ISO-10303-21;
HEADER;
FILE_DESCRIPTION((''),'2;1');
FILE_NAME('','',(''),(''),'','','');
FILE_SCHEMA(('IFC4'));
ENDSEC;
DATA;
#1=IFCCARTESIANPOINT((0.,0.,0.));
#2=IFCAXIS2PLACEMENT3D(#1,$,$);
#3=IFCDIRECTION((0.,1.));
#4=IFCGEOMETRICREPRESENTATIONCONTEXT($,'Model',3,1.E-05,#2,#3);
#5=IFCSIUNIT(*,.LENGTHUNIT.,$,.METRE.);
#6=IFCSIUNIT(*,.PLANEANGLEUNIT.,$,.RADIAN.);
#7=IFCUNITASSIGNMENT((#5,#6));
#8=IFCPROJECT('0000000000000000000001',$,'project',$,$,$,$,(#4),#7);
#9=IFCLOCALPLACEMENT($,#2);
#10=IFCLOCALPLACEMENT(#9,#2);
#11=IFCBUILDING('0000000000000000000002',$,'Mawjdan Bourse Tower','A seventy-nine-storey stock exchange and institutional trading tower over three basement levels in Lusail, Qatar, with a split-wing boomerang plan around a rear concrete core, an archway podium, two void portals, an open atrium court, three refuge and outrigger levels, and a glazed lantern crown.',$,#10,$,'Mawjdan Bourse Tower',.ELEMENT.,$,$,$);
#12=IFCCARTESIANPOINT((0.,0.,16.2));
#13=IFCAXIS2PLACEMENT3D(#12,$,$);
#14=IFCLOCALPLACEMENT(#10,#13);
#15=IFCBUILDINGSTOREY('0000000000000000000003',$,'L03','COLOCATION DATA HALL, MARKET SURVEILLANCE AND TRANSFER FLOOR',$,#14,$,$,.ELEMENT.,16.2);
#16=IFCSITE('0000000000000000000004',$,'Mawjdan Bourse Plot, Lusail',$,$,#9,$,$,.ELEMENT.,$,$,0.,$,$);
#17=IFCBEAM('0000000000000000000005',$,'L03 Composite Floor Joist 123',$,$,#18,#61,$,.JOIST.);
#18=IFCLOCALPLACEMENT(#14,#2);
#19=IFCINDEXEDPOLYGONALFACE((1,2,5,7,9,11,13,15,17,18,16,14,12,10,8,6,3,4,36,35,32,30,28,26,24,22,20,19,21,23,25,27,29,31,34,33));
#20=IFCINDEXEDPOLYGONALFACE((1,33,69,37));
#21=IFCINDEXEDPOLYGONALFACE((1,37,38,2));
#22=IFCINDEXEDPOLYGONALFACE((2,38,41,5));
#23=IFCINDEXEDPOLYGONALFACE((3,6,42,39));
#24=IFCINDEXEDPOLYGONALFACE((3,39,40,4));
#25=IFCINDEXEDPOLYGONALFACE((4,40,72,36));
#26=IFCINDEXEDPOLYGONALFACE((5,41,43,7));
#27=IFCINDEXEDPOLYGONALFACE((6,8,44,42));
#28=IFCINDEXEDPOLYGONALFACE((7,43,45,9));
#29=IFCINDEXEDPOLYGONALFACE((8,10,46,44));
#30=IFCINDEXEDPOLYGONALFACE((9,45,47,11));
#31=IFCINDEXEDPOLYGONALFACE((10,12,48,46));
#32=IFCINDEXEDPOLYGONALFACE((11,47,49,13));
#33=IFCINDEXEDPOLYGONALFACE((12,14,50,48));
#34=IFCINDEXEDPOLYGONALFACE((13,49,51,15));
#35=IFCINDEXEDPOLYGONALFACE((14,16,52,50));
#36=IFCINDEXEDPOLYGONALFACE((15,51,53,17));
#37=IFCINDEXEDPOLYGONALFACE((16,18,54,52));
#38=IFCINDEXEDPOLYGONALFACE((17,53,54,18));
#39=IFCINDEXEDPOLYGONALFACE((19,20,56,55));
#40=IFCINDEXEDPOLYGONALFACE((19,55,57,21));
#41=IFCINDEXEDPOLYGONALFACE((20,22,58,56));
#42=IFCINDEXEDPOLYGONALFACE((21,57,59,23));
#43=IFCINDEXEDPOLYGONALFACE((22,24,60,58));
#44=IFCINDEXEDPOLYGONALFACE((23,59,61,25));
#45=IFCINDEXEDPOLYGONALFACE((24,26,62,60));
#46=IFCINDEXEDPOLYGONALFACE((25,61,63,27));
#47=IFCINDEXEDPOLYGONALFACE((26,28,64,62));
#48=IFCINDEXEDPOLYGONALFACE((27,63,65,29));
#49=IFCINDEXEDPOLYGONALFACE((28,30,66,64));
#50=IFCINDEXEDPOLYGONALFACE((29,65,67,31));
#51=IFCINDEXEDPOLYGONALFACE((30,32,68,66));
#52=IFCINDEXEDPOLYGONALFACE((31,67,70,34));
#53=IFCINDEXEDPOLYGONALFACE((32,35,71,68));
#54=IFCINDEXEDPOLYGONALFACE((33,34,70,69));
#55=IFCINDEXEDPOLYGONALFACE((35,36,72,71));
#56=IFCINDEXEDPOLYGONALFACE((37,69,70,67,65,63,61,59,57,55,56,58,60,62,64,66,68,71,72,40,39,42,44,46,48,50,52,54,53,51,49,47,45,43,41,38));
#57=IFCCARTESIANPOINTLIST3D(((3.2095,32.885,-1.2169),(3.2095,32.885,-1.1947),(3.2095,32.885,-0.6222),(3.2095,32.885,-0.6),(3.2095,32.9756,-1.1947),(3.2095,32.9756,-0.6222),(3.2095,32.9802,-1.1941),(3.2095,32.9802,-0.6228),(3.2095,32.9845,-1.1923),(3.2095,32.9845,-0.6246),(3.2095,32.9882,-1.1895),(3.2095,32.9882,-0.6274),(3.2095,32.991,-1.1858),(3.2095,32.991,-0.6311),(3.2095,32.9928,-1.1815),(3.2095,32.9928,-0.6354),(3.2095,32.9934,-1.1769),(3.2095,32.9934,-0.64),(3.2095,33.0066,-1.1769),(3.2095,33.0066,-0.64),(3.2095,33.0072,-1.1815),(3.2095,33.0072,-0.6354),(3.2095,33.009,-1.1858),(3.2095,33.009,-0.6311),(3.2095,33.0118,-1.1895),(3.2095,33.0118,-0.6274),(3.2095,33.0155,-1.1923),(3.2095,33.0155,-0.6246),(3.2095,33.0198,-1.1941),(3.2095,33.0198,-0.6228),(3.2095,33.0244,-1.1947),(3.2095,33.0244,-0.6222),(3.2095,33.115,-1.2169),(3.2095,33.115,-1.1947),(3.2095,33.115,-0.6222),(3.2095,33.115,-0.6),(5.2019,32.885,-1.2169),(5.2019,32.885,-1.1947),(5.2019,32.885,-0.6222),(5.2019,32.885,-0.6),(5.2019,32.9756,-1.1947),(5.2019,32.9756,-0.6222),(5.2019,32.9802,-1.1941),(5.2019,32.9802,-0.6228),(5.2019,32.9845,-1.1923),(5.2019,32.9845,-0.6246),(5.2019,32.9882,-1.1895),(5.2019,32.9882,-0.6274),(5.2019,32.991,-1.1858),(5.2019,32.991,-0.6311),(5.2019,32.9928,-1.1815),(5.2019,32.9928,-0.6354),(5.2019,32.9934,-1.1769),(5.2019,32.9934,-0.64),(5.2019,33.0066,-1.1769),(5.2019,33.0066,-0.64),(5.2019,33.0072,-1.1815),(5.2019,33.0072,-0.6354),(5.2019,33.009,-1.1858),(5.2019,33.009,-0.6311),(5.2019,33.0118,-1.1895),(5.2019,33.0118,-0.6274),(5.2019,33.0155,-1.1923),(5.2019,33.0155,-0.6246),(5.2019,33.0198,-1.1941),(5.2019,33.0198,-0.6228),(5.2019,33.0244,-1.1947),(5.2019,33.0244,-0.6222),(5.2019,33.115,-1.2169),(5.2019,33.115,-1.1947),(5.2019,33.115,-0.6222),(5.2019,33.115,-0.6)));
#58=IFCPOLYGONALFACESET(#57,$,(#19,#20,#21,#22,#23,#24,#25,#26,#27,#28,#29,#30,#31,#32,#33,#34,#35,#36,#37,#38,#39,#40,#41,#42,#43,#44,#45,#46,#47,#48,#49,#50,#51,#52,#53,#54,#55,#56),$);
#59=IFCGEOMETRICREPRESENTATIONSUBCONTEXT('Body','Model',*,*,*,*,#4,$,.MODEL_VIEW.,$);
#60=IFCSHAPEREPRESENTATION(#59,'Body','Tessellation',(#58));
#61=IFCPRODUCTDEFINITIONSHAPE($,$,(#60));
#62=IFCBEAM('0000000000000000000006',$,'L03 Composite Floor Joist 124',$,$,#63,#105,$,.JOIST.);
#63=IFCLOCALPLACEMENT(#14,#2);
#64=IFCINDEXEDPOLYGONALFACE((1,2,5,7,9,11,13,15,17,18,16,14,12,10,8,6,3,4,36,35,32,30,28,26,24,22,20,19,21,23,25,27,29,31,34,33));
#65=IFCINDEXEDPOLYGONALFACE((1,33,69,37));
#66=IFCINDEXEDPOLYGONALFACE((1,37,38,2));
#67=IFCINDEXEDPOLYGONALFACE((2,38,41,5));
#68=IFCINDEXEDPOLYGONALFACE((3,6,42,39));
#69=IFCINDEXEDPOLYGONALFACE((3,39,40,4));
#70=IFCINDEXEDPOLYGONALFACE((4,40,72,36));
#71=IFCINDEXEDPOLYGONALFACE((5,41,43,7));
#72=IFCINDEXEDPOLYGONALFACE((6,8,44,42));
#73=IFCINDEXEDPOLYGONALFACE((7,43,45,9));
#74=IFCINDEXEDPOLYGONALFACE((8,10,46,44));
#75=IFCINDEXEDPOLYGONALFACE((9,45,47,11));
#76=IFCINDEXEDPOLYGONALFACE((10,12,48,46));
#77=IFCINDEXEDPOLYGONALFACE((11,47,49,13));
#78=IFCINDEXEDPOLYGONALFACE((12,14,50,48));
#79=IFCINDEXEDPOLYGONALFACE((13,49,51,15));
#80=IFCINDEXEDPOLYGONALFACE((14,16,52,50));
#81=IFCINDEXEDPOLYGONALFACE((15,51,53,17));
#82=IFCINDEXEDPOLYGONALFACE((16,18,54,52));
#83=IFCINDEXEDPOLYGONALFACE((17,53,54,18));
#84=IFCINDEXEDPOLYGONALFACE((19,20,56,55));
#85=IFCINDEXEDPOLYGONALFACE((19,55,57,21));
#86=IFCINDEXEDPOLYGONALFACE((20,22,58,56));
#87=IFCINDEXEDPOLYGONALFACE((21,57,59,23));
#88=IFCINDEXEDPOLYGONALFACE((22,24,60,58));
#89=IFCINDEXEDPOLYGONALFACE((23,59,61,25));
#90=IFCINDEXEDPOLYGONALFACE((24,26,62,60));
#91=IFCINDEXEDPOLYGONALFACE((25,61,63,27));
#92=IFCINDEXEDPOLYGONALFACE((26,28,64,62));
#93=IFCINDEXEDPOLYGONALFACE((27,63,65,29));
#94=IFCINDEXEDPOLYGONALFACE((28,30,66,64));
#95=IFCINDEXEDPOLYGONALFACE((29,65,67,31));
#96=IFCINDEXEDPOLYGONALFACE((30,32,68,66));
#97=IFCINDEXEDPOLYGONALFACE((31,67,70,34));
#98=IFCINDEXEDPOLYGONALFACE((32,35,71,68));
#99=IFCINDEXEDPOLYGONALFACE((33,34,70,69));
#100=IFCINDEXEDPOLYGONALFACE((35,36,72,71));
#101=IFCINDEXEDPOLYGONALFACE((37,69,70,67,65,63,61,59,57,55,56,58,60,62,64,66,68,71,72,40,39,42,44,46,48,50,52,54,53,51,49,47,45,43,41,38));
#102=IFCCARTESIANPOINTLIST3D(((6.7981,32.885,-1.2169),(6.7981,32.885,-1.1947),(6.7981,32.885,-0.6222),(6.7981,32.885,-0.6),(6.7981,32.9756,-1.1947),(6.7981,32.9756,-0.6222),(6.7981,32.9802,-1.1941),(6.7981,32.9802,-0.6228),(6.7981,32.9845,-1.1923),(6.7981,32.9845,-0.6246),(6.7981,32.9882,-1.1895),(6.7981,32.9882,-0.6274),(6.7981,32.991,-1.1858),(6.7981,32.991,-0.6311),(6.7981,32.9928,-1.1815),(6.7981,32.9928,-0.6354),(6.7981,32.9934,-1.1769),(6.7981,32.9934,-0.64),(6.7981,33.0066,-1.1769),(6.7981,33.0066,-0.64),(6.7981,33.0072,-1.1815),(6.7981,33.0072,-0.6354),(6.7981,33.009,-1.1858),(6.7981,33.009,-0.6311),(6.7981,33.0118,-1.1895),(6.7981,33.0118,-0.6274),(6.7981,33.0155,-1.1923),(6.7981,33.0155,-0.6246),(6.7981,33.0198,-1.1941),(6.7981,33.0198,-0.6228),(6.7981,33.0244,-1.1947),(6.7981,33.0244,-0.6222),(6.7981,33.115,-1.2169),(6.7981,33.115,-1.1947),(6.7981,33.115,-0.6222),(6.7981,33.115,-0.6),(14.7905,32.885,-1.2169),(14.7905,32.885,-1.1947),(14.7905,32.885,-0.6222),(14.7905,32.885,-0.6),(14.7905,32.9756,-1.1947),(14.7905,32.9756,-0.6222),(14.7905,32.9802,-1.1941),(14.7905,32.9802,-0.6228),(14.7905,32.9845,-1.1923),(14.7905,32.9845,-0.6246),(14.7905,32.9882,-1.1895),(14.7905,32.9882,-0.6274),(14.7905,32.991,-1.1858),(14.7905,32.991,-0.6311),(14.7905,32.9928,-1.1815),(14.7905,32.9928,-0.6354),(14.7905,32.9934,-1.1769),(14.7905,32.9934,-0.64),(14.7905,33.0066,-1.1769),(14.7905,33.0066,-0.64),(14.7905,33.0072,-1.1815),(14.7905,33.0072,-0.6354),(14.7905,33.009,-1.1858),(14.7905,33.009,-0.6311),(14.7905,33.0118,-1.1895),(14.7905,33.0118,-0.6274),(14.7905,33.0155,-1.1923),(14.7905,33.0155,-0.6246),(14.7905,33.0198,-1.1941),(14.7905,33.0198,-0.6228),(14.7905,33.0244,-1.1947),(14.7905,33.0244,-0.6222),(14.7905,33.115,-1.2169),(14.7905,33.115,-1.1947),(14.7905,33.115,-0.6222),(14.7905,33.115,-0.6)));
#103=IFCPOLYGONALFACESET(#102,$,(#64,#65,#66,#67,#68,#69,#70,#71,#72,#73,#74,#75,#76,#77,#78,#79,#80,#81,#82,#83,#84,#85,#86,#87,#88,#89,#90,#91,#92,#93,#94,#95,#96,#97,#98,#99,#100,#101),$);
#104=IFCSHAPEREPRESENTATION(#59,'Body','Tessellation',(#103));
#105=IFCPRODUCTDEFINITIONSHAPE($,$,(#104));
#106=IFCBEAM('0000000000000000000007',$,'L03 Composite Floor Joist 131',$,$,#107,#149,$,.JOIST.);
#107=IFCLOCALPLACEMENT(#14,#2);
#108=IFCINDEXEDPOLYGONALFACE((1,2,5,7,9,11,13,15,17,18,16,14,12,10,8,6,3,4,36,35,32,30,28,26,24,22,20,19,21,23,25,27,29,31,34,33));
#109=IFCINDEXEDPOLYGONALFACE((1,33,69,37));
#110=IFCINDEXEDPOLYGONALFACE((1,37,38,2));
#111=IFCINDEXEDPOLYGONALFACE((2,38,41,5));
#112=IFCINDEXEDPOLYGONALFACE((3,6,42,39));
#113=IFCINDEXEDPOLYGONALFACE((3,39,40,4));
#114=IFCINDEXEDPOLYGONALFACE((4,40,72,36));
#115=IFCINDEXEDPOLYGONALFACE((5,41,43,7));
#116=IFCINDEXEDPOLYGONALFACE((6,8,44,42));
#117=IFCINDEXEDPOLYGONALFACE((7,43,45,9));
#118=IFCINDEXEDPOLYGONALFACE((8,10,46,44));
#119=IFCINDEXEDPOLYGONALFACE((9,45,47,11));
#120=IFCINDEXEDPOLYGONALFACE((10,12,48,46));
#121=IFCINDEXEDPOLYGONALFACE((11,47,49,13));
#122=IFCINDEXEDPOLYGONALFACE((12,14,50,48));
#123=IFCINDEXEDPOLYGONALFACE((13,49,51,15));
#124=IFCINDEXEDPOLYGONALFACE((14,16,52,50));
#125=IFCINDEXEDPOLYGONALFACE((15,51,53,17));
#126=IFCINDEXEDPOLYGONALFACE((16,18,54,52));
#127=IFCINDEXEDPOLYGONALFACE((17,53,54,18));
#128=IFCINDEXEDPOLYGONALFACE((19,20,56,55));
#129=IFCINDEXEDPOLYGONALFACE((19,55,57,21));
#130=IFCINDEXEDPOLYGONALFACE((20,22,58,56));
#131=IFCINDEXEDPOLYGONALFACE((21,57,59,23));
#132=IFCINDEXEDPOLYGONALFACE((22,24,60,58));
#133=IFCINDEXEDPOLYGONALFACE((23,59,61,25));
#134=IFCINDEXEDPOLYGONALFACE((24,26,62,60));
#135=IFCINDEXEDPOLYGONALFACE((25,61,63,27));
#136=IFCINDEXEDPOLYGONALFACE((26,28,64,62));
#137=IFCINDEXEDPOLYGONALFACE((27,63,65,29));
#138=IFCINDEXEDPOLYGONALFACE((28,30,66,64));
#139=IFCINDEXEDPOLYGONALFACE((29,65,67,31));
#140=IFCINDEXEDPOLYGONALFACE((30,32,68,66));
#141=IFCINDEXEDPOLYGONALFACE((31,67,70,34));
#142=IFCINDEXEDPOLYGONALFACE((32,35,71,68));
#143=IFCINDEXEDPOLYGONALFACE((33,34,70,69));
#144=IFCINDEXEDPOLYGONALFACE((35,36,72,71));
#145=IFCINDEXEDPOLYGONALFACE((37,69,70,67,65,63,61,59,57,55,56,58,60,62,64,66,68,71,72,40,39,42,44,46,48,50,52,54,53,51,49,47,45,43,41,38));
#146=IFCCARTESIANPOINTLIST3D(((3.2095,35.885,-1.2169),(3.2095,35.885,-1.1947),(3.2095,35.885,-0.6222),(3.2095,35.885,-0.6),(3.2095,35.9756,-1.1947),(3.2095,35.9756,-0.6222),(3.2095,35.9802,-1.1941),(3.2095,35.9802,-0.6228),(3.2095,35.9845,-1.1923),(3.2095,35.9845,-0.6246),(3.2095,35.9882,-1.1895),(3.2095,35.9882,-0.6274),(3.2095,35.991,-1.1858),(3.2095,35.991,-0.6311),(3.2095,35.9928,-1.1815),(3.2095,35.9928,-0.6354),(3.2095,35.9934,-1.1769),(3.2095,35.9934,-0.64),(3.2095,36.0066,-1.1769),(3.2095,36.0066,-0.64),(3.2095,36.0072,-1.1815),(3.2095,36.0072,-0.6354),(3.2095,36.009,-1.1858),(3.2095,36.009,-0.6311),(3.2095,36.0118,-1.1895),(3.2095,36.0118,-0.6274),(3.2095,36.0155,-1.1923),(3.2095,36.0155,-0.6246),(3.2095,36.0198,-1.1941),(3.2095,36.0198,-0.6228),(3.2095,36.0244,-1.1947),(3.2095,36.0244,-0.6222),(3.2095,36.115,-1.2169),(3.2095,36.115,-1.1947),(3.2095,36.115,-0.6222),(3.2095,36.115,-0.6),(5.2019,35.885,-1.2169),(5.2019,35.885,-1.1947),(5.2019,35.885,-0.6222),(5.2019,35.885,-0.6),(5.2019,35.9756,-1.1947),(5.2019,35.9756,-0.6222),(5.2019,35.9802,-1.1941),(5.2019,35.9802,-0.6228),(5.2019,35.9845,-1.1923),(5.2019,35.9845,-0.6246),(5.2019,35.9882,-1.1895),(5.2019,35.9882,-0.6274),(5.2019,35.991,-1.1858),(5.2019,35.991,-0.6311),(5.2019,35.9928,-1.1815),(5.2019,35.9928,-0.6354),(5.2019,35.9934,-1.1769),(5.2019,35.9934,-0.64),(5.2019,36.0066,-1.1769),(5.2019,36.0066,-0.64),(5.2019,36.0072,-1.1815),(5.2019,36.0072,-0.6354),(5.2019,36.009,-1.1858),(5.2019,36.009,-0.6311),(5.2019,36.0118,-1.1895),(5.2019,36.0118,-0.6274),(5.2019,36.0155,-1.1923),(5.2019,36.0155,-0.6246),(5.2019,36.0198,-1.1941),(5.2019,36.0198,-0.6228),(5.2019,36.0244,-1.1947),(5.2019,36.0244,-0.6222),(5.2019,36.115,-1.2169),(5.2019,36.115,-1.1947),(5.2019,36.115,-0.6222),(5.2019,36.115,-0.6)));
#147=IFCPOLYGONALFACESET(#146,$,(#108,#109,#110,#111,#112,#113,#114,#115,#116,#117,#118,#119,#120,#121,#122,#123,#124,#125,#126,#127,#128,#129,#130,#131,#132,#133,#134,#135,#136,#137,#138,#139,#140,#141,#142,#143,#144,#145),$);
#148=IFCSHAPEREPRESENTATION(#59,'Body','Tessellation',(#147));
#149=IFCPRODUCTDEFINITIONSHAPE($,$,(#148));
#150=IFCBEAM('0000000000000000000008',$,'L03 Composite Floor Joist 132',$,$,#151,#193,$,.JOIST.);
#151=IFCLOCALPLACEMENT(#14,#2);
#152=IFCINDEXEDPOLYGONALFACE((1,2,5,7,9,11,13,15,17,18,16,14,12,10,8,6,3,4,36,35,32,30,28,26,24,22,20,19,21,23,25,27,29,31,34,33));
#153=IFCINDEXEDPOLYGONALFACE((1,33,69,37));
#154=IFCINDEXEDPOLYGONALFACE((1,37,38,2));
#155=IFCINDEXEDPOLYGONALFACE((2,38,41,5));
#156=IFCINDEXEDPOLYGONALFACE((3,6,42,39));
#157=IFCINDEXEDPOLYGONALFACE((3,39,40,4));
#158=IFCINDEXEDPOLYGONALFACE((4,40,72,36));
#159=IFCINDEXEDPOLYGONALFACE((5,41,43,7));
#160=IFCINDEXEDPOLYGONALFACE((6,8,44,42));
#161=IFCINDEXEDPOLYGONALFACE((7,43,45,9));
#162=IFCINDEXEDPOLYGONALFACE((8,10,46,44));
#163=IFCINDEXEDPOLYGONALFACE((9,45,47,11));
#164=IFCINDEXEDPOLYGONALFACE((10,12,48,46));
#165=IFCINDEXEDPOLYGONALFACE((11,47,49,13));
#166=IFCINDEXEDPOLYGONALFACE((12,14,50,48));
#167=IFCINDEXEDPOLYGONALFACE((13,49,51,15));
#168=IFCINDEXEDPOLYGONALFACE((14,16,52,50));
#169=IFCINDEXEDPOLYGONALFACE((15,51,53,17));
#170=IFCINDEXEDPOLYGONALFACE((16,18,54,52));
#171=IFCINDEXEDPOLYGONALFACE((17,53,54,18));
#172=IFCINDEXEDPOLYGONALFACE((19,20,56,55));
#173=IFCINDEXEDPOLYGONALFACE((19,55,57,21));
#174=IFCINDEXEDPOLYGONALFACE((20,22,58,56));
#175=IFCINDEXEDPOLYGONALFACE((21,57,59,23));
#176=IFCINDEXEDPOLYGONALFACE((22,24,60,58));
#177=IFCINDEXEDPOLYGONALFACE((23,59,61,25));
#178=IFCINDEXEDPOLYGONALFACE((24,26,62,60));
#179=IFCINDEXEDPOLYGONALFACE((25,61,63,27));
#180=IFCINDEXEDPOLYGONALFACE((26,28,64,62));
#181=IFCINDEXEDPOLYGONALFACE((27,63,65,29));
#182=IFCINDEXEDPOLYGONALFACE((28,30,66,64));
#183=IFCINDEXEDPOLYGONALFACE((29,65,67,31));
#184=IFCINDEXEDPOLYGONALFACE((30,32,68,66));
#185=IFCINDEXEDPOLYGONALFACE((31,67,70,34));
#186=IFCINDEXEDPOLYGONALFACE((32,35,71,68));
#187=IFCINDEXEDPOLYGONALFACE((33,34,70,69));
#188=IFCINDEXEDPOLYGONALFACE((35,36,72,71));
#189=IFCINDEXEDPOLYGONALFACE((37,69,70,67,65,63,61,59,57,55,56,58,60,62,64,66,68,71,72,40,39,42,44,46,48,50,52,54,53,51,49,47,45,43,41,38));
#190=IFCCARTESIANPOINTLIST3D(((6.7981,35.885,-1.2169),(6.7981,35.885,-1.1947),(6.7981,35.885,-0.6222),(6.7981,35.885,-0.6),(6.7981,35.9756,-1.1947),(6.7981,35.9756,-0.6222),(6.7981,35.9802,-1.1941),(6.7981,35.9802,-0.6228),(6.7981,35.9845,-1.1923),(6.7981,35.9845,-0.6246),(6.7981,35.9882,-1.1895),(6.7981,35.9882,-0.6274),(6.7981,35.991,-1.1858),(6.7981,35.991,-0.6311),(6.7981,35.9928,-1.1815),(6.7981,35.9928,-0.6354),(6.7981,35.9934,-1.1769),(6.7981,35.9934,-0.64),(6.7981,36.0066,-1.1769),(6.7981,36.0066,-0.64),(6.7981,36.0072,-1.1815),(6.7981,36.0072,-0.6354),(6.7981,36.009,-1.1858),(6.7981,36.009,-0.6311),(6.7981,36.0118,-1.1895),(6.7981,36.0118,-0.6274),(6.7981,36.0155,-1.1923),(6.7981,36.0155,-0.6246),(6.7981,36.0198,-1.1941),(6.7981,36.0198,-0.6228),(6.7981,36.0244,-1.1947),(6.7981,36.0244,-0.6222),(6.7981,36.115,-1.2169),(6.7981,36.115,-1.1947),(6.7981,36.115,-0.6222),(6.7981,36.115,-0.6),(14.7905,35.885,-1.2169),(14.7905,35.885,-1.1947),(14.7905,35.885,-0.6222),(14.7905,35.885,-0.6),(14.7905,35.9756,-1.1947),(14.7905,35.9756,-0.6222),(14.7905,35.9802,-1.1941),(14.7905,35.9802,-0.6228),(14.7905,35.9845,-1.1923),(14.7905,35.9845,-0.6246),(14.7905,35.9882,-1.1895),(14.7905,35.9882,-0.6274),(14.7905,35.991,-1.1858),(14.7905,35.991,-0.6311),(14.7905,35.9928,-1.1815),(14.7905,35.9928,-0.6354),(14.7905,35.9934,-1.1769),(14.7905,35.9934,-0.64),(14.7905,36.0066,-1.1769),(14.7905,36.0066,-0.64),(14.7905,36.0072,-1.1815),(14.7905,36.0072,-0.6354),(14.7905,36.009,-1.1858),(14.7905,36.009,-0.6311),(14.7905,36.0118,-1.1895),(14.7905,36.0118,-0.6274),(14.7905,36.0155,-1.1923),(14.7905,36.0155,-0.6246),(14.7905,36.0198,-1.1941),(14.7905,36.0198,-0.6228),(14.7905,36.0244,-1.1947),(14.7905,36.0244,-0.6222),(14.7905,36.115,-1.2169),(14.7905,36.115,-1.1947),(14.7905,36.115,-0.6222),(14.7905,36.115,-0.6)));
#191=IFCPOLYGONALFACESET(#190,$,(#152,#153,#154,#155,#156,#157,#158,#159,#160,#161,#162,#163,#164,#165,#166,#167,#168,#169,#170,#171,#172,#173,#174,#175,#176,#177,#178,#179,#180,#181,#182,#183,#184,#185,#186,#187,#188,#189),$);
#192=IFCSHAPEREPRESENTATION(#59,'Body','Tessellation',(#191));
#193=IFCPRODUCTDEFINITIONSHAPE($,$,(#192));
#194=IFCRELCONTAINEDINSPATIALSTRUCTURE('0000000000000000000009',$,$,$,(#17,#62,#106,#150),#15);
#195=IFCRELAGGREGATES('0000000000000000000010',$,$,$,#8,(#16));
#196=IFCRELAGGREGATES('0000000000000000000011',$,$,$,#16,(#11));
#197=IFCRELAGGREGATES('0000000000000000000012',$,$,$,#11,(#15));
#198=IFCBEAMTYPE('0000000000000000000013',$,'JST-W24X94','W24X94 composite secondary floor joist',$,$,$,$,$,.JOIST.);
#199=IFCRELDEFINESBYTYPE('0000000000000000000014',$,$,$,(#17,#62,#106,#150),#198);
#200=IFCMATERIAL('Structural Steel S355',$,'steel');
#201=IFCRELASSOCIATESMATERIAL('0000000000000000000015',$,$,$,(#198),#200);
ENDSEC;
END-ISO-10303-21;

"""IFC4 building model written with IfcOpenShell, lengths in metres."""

from ifc_helpers import new_model, si_unit, direction, frame, origin, origin_2d, place, context, subcontext, project, spatial, i_section, extrude, material, material_profile, profile_set, type_object, element, save


model = new_model("IFC4")

# Units and contexts
model_context = context("Model", 3, precision=1e-05, world=origin(), true_north=direction((0.0, 1.0)))
body_context = subcontext(model_context, "Body", "Model", "MODEL_VIEW")
ifc_project = project(units=[si_unit("LENGTHUNIT", "METRE"), si_unit("PLANEANGLEUNIT", "RADIAN")], contexts=[model_context])

# Site, building, storey
site_placement = place(None, origin())
site = spatial("IfcSite", under=ifc_project, at=site_placement, Name="Mawjdan Bourse Plot, Lusail", CompositionType="ELEMENT", RefElevation=0.0)
building_placement = place(site_placement, origin())
building = spatial("IfcBuilding", under=site, at=building_placement, Name="Mawjdan Bourse Tower", Description="A seventy-nine-storey stock exchange and institutional trading tower over three basement levels in Lusail, Qatar, with a split-wing boomerang plan around a rear concrete core, an archway podium, two void portals, an open atrium court, three refuge and outrigger levels, and a glazed lantern crown.", LongName="Mawjdan Bourse Tower", CompositionType="ELEMENT")
storey_placement = place(building_placement, frame((0.0, 0.0, 16.2)))
storey = spatial("IfcBuildingStorey", under=building, at=storey_placement, Name="L03", Description="COLOCATION DATA HALL, MARKET SURVEILLANCE AND TRANSFER FLOOR", CompositionType="ELEMENT", Elevation=16.2)

# Beams
ifc_material_1 = material(Name="Structural Steel S355", Category="steel")
ifc_material_profile_1 = material_profile(ifc_material_1, i_section(OverallWidth=0.23, OverallDepth=0.6169, WebThickness=0.0132, FlangeThickness=0.0222, FilletRadius=0.0178, at=origin_2d()), Name="W24X94")
ifc_profile_set_1 = profile_set([ifc_material_profile_1], Name="Structural Steel S355")
beam_type_1 = type_object("IfcBeamType", Name="JST-W24X94", Description="W24X94 composite secondary floor joist", PredefinedType="JOIST", material=ifc_profile_set_1)
beam_1_placement = place(storey_placement, frame((3.2095, 33.0, -0.9084), z_axis=(1.0, 0.0, 0.0), x_axis=(0.0, 1.0, 0.0)))
element("IfcBeam", 1, at=beam_1_placement, inside=storey, type_object=beam_type_1, Name="L03 Composite Floor Joist 123", PredefinedType="JOIST", context=body_context, shape_type="SweptSolid", body=[
    extrude(i_section(OverallWidth=0.23, OverallDepth=0.6169, WebThickness=0.0132, FlangeThickness=0.0222, FilletRadius=0.0178, at=origin_2d()), origin(), (0.0, 0.0, 1.0), 1.9924),
])
beam_2_placement = place(storey_placement, frame((6.7981, 33.0, -0.9084), z_axis=(1.0, 0.0, 0.0), x_axis=(0.0, 1.0, 0.0)))
element("IfcBeam", 2, at=beam_2_placement, inside=storey, type_object=beam_type_1, Name="L03 Composite Floor Joist 124", PredefinedType="JOIST", context=body_context, shape_type="SweptSolid", body=[
    extrude(i_section(OverallWidth=0.23, OverallDepth=0.6169, WebThickness=0.0132, FlangeThickness=0.0222, FilletRadius=0.0178, at=origin_2d()), origin(), (0.0, 0.0, 1.0), 7.9924),
])
beam_3_placement = place(storey_placement, frame((3.2095, 36.0, -0.9084), z_axis=(1.0, 0.0, 0.0), x_axis=(0.0, 1.0, 0.0)))
element("IfcBeam", 3, at=beam_3_placement, inside=storey, type_object=beam_type_1, Name="L03 Composite Floor Joist 131", PredefinedType="JOIST", context=body_context, shape_type="SweptSolid", body=[
    extrude(i_section(OverallWidth=0.23, OverallDepth=0.6169, WebThickness=0.0132, FlangeThickness=0.0222, FilletRadius=0.0178, at=origin_2d()), origin(), (0.0, 0.0, 1.0), 1.9924),
])
beam_4_placement = place(storey_placement, frame((6.7981, 36.0, -0.9084), z_axis=(1.0, 0.0, 0.0), x_axis=(0.0, 1.0, 0.0)))
element("IfcBeam", 4, at=beam_4_placement, inside=storey, type_object=beam_type_1, Name="L03 Composite Floor Joist 132", PredefinedType="JOIST", context=body_context, shape_type="SweptSolid", body=[
    extrude(i_section(OverallWidth=0.23, OverallDepth=0.6169, WebThickness=0.0132, FlangeThickness=0.0222, FilletRadius=0.0178, at=origin_2d()), origin(), (0.0, 0.0, 1.0), 7.9924),
])

save(model, "model.ifc")
